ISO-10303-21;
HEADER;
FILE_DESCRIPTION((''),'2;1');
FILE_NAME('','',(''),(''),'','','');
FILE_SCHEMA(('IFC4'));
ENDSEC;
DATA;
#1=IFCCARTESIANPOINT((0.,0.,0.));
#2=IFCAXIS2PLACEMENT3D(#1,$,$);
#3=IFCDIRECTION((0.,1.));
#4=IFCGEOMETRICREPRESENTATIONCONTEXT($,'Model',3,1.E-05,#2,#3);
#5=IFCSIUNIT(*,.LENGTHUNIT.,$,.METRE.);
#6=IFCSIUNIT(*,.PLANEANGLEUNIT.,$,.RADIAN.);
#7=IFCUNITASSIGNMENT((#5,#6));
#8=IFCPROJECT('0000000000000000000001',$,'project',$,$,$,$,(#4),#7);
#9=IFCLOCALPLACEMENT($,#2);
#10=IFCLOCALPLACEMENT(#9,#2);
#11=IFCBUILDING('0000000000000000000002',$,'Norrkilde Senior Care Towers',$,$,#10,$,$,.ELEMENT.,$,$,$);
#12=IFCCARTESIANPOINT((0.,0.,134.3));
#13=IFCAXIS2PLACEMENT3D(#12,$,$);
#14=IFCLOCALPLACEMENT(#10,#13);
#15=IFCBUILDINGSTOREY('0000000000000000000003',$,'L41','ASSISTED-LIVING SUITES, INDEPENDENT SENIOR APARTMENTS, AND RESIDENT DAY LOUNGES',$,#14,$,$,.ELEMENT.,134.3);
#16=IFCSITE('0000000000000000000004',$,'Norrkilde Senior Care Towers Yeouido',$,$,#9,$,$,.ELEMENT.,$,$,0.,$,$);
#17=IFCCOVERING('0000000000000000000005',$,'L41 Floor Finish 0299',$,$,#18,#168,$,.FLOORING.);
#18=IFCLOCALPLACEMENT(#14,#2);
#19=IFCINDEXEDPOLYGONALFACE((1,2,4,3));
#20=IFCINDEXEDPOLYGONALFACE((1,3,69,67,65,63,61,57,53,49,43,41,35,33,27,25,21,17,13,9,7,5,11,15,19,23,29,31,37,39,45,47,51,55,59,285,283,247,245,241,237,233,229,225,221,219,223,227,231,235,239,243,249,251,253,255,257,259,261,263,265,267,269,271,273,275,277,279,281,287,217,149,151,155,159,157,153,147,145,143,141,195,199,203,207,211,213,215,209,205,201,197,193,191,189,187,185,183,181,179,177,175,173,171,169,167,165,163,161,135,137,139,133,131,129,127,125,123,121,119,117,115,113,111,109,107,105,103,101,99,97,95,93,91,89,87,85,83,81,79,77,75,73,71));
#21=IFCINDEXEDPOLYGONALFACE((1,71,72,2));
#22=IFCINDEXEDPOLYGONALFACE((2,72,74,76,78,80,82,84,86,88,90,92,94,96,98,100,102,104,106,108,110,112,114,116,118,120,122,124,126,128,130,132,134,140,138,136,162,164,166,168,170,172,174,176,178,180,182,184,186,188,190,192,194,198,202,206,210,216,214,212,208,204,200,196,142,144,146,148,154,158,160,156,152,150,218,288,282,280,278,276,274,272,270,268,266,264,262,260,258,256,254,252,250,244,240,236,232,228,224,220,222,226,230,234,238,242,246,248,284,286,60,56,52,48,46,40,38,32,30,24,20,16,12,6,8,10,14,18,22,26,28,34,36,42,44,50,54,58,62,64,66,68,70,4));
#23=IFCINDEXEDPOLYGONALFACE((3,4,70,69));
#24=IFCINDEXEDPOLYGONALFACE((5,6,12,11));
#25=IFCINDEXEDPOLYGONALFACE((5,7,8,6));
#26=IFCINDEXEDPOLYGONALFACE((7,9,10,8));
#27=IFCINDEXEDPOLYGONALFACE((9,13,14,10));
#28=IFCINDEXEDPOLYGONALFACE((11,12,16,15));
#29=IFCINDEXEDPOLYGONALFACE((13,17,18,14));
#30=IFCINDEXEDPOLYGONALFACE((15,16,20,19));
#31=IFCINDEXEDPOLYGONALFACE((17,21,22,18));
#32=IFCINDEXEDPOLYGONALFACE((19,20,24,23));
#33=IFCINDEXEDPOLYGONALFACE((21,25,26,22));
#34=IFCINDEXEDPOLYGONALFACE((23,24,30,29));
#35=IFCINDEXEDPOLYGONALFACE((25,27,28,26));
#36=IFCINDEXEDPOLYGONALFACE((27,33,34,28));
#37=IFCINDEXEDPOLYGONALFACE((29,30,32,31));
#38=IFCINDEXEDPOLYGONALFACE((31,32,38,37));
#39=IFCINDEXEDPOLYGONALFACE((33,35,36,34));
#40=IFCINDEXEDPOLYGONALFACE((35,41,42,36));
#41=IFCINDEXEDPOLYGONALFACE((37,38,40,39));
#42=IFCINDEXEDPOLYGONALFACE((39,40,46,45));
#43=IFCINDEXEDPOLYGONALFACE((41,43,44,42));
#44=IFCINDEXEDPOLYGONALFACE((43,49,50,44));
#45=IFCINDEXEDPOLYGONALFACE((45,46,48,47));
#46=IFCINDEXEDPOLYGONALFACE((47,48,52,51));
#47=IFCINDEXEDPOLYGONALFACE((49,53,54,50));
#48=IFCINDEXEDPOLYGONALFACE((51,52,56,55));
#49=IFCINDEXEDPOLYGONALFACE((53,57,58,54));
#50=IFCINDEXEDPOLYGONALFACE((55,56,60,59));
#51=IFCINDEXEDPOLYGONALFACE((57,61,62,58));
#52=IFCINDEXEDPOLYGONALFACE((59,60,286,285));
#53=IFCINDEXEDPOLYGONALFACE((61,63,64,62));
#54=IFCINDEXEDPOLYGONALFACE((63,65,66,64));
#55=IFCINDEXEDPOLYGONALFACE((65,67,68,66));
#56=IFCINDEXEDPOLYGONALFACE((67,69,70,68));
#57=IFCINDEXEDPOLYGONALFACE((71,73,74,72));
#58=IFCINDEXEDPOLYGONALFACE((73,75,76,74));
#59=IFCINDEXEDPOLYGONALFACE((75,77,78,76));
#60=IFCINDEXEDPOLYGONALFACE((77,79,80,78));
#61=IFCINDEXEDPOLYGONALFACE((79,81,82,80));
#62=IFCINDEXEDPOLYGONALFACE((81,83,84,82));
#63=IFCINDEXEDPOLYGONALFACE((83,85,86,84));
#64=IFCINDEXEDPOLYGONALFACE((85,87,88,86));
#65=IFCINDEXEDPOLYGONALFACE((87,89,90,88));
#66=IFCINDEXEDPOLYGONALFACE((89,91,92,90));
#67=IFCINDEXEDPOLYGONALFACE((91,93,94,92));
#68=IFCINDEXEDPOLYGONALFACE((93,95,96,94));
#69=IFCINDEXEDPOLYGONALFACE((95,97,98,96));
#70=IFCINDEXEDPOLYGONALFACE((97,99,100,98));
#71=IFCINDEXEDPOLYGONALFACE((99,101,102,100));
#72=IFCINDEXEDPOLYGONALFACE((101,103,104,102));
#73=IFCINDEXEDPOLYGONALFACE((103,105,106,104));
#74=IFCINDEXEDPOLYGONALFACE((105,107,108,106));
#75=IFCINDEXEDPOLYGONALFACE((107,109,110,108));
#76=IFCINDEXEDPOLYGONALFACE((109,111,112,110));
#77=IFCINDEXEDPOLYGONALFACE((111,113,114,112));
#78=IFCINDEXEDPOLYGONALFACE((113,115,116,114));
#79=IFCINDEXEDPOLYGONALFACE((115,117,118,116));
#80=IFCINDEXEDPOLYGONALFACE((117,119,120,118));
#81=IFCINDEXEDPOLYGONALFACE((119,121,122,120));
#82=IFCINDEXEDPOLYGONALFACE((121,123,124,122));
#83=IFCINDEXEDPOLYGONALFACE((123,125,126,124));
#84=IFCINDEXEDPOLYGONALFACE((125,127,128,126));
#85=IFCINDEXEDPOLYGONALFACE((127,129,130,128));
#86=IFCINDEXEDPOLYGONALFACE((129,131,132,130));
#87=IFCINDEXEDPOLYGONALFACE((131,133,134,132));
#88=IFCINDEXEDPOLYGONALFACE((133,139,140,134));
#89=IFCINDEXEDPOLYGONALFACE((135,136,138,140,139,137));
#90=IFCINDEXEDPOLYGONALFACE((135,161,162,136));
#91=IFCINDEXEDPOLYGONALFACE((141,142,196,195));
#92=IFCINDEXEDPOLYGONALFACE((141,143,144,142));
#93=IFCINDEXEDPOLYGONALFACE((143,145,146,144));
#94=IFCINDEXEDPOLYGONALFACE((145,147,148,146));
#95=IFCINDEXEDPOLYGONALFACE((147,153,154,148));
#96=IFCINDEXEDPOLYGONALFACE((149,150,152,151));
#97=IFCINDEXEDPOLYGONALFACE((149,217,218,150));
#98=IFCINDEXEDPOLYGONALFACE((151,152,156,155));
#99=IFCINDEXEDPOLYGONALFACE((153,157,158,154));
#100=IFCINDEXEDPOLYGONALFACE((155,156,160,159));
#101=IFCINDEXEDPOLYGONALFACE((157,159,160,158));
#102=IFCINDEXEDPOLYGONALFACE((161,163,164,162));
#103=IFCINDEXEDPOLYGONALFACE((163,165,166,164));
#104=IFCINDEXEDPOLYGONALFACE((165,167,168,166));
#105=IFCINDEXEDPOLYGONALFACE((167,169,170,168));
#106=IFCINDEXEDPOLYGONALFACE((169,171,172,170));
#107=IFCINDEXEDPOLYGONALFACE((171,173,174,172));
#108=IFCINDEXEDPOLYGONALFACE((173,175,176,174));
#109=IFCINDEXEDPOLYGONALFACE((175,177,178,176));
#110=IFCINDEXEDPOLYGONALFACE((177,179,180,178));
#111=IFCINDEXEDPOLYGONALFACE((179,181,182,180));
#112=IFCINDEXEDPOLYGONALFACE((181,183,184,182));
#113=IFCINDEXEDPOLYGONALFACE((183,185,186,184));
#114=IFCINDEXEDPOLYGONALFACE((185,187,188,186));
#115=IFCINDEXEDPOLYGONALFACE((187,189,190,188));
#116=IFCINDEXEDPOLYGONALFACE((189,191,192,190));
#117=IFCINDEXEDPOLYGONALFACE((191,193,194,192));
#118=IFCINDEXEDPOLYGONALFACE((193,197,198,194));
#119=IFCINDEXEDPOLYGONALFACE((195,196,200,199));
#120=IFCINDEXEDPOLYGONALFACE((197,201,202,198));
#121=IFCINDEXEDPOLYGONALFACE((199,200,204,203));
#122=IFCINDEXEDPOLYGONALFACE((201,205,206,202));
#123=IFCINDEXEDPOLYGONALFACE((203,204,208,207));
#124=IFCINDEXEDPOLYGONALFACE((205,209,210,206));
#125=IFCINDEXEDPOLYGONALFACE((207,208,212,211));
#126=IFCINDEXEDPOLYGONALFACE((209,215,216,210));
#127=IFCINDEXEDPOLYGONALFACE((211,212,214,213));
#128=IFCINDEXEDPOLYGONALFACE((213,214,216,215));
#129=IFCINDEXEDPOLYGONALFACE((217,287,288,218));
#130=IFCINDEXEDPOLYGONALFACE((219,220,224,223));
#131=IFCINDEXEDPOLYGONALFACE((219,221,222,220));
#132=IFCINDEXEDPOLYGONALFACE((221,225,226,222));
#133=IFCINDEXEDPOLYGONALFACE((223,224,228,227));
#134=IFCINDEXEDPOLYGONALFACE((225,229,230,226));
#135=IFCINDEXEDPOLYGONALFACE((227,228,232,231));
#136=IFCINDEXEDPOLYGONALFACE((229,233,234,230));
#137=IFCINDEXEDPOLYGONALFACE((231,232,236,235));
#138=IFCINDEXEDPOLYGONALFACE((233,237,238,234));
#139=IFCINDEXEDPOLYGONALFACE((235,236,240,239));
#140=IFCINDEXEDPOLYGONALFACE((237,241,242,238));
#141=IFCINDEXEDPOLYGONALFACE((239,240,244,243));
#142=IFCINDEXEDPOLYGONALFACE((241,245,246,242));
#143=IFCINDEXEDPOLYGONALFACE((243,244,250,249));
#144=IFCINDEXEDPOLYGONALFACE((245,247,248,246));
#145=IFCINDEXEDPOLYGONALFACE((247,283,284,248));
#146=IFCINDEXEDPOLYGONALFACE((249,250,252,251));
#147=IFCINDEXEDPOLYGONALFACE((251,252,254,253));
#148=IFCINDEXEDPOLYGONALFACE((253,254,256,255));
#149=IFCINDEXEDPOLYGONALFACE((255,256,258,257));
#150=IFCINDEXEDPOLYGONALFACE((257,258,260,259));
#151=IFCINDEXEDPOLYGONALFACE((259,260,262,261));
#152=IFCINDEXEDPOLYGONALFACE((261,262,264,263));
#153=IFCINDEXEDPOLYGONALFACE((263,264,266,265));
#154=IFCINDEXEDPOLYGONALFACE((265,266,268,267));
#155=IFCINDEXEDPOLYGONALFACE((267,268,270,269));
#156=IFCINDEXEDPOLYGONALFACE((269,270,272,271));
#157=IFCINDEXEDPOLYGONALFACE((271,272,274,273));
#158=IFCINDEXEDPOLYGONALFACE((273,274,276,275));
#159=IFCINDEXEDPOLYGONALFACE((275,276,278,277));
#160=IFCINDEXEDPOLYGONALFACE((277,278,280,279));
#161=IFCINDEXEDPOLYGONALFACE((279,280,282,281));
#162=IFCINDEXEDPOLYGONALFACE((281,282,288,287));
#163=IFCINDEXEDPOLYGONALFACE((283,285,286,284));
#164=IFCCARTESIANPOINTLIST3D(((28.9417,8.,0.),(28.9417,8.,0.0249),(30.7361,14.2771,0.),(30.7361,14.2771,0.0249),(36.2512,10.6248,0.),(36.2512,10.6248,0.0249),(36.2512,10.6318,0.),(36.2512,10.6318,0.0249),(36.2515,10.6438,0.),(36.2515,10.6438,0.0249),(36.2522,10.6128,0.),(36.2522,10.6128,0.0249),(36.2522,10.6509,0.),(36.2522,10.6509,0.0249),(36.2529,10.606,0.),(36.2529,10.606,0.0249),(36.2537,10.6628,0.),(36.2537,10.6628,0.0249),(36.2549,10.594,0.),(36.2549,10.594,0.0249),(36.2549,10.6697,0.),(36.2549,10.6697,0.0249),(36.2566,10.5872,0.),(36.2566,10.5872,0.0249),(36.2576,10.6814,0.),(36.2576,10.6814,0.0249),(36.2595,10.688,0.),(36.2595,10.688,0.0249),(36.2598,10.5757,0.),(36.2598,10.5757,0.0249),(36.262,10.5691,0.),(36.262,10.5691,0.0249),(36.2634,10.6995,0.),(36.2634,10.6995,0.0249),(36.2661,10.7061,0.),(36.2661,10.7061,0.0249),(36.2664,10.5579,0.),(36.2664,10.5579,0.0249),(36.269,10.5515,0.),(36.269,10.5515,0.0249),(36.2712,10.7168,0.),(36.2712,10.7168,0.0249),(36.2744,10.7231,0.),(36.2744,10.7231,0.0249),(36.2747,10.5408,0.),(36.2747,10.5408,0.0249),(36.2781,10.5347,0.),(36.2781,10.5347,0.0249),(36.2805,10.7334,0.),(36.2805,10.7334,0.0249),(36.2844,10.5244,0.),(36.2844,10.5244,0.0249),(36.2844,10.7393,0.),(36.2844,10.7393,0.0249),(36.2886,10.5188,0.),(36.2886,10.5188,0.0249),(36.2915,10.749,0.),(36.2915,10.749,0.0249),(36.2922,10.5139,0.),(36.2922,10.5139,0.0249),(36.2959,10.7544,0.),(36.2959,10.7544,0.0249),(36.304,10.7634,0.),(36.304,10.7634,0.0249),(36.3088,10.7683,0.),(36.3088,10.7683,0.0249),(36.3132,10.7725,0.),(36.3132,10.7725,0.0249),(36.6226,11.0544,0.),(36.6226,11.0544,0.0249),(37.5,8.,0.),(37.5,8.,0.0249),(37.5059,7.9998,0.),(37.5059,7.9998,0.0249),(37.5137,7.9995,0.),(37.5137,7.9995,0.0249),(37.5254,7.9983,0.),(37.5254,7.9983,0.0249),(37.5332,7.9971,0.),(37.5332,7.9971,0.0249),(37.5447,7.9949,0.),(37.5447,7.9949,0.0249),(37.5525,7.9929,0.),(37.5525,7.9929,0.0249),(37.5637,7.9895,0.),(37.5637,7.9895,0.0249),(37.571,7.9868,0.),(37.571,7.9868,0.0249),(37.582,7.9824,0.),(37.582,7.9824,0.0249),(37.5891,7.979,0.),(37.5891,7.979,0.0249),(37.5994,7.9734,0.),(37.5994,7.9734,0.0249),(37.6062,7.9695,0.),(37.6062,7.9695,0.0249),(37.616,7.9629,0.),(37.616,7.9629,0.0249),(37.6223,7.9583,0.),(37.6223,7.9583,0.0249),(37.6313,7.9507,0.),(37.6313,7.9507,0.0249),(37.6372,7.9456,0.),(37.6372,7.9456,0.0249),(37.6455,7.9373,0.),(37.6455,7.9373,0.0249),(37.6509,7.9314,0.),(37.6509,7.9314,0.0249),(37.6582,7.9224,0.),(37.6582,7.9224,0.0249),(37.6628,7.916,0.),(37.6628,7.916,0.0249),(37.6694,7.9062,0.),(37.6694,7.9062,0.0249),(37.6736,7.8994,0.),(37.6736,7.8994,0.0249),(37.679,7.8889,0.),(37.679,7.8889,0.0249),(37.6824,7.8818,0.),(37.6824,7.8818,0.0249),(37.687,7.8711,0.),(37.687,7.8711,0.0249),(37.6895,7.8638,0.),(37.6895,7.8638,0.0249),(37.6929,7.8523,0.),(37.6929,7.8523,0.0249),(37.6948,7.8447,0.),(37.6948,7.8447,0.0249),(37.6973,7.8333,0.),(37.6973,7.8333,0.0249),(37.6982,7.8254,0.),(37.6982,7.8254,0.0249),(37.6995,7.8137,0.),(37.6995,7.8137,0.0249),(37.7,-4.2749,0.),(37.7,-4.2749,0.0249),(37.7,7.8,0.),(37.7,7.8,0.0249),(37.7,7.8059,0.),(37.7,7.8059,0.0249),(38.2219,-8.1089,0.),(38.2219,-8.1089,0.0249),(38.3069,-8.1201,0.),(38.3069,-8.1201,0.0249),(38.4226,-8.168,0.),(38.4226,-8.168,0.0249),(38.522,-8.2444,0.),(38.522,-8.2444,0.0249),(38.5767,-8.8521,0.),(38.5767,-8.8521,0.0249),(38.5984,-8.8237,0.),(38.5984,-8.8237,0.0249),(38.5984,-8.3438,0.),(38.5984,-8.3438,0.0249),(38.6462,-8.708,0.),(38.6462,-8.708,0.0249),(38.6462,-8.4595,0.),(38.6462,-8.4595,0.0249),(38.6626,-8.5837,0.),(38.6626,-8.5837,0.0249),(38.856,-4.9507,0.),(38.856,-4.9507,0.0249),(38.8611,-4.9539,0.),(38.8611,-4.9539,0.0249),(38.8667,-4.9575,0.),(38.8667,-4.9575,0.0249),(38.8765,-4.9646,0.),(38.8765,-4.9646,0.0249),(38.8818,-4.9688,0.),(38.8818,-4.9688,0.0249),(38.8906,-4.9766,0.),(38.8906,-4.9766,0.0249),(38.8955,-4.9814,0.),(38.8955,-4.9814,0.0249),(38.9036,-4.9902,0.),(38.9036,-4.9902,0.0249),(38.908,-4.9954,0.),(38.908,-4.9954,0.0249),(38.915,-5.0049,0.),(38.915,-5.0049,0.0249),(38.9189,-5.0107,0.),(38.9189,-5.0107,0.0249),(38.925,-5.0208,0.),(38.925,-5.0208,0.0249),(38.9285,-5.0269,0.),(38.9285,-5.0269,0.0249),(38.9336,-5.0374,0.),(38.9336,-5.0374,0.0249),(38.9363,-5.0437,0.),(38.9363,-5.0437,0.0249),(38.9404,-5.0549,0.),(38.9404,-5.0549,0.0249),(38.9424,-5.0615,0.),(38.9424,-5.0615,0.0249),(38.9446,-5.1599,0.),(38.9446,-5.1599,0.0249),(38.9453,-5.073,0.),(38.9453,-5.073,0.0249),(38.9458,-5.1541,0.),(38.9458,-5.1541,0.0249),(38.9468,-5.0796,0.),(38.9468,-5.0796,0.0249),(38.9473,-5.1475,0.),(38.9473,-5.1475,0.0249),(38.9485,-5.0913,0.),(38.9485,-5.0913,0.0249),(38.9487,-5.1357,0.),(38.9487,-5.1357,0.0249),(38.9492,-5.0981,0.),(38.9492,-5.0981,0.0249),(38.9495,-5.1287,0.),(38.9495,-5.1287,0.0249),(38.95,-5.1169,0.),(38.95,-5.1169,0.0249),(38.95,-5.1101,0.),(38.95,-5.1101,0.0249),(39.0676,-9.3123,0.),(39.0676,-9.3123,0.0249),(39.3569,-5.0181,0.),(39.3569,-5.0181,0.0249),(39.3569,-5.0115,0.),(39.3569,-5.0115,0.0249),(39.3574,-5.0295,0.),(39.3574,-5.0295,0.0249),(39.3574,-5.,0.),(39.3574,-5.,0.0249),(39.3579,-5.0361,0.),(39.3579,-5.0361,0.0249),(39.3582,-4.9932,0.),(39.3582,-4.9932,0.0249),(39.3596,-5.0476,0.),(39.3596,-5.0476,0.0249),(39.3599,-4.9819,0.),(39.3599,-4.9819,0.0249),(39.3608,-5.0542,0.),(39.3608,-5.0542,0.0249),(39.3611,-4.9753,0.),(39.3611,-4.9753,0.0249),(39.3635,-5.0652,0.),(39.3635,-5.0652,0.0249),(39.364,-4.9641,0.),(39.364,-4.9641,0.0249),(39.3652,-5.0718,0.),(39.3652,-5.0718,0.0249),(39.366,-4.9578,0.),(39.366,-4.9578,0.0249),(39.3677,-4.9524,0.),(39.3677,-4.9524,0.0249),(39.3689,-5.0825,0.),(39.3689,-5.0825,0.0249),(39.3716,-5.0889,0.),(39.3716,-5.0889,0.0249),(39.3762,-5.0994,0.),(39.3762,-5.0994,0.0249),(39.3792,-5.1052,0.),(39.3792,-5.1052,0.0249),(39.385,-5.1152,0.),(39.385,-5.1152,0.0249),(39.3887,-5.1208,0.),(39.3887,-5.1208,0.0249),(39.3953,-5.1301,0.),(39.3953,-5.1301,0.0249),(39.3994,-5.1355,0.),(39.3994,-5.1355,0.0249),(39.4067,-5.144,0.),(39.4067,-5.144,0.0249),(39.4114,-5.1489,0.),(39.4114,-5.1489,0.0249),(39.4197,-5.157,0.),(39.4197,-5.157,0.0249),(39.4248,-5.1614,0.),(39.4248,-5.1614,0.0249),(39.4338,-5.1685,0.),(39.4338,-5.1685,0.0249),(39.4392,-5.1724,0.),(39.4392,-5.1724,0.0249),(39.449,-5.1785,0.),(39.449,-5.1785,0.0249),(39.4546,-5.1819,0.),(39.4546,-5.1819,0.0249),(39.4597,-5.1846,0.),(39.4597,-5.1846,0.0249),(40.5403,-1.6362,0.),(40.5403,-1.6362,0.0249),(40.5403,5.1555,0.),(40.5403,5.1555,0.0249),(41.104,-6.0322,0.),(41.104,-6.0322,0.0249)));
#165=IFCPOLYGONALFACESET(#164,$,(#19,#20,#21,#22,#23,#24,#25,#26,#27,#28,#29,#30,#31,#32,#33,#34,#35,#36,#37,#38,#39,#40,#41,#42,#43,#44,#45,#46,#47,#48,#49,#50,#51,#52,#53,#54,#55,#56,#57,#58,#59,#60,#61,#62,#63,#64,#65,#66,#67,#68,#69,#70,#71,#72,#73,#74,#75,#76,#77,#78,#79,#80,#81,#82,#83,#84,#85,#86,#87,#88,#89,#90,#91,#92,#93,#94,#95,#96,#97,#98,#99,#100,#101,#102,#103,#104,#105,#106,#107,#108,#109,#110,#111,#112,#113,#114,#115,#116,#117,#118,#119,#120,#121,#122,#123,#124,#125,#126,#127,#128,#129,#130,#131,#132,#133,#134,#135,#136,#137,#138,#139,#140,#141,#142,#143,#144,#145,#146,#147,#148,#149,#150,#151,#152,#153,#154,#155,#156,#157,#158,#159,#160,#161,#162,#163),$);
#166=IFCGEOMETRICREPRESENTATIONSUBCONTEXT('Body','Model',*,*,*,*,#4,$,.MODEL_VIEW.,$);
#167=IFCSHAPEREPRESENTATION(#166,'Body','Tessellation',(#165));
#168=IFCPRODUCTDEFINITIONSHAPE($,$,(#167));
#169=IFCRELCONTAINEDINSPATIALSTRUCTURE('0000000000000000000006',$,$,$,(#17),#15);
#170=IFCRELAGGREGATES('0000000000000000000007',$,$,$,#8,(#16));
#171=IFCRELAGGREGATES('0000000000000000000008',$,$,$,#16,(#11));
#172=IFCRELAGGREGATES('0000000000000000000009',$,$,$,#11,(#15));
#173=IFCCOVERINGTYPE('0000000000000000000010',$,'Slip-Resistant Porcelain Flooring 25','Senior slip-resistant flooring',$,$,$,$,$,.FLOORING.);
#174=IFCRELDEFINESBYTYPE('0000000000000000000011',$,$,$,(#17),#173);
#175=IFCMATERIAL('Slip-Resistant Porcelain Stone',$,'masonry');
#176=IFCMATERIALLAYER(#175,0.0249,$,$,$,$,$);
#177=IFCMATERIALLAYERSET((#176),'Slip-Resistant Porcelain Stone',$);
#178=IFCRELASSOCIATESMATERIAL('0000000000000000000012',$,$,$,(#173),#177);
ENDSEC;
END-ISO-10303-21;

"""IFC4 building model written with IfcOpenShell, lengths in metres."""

from ifc_helpers import new_model, si_unit, direction, frame, origin, place, context, subcontext, project, spatial, polyline, outline, extrude, material, layer, layer_set, type_object, element, save


model = new_model("IFC4")

# Units and contexts
model_context = context("Model", 3, precision=1e-05, world=origin(), true_north=direction((0.0, 1.0)))
body_context = subcontext(model_context, "Body", "Model", "MODEL_VIEW")
ifc_project = project(units=[si_unit("LENGTHUNIT", "METRE"), si_unit("PLANEANGLEUNIT", "RADIAN")], contexts=[model_context])

# Site, building, storey
site_placement = place(None, origin())
site = spatial("IfcSite", under=ifc_project, at=site_placement, Name="Norrkilde Senior Care Towers Yeouido", CompositionType="ELEMENT", RefElevation=0.0)
building_placement = place(site_placement, origin())
building = spatial("IfcBuilding", under=site, at=building_placement, Name="Norrkilde Senior Care Towers", CompositionType="ELEMENT")
storey_placement = place(building_placement, frame((0.0, 0.0, 134.3)))
storey = spatial("IfcBuildingStorey", under=building, at=storey_placement, Name="L41", Description="ASSISTED-LIVING SUITES, INDEPENDENT SENIOR APARTMENTS, AND RESIDENT DAY LOUNGES", CompositionType="ELEMENT", Elevation=134.3)

# Covering
ifc_material_1 = material(Name="Slip-Resistant Porcelain Stone", Category="masonry")
ifc_layer_1 = layer(ifc_material_1, 0.0249)
ifc_layer_set_1 = layer_set([ifc_layer_1], Name="Slip-Resistant Porcelain Stone")
covering_type_1 = type_object("IfcCoveringType", Name="Slip-Resistant Porcelain Flooring 25", Description="Senior slip-resistant flooring", PredefinedType="FLOORING", material=ifc_layer_set_1)
covering_1_placement = place(storey_placement, origin())
element("IfcCovering", 1, at=covering_1_placement, inside=storey, type_object=covering_type_1, Name="L41 Floor Finish 0299", PredefinedType="FLOORING", context=body_context, shape_type="SweptSolid", body=[
    extrude(outline(polyline([(37.6948, 7.8447), (37.6929, 7.8523), (37.6895, 7.8638), (37.687, 7.8711), (37.6824, 7.8818), (37.679, 7.8889), (37.6736, 7.8994), (37.6694, 7.9062), (37.6628, 7.916), (37.6582, 7.9224), (37.6509, 7.9314), (37.6455, 7.9373), (37.6372, 7.9456), (37.6313, 7.9507), (37.6223, 7.9583), (37.616, 7.9629), (37.6062, 7.9695), (37.5994, 7.9734), (37.5891, 7.979), (37.582, 7.9824), (37.571, 7.9868), (37.5637, 7.9895), (37.5525, 7.9929), (37.5447, 7.9949), (37.5332, 7.9971), (37.5254, 7.9983), (37.5137, 7.9995), (37.5059, 7.9998), (37.5, 8.0), (28.9417, 8.0), (30.7361, 14.2771), (36.6226, 11.0544), (36.3132, 10.7725), (36.3088, 10.7683), (36.304, 10.7634), (36.2959, 10.7544), (36.2915, 10.749), (36.2844, 10.7393), (36.2805, 10.7334), (36.2744, 10.7231), (36.2712, 10.7168), (36.2661, 10.7061), (36.2634, 10.6995), (36.2595, 10.688), (36.2576, 10.6814), (36.2549, 10.6697), (36.2537, 10.6628), (36.2522, 10.6509), (36.2515, 10.6438), (36.2512, 10.6318), (36.2512, 10.6248), (36.2522, 10.6128), (36.2529, 10.606), (36.2549, 10.594), (36.2566, 10.5872), (36.2598, 10.5757), (36.262, 10.5691), (36.2664, 10.5579), (36.269, 10.5515), (36.2747, 10.5408), (36.2781, 10.5347), (36.2844, 10.5244), (36.2886, 10.5188), (36.2922, 10.5139), (40.5403, 5.1555), (40.5403, -1.6362), (39.3677, -4.9524), (39.366, -4.9578), (39.364, -4.9641), (39.3611, -4.9753), (39.3599, -4.9819), (39.3582, -4.9932), (39.3574, -5.0), (39.3569, -5.0115), (39.3569, -5.0181), (39.3574, -5.0295), (39.3579, -5.0361), (39.3596, -5.0476), (39.3608, -5.0542), (39.3635, -5.0652), (39.3652, -5.0718), (39.3689, -5.0825), (39.3716, -5.0889), (39.3762, -5.0994), (39.3792, -5.1052), (39.385, -5.1152), (39.3887, -5.1208), (39.3953, -5.1301), (39.3994, -5.1355), (39.4067, -5.144), (39.4114, -5.1489), (39.4197, -5.157), (39.4248, -5.1614), (39.4338, -5.1685), (39.4392, -5.1724), (39.449, -5.1785), (39.4546, -5.1819), (39.4597, -5.1846), (41.104, -6.0322), (39.0676, -9.3123), (38.5767, -8.8521), (38.5984, -8.8237), (38.6462, -8.708), (38.6626, -8.5837), (38.6462, -8.4595), (38.5984, -8.3438), (38.522, -8.2444), (38.4226, -8.168), (38.3069, -8.1201), (38.2219, -8.1089), (38.9446, -5.1599), (38.9458, -5.1541), (38.9473, -5.1475), (38.9487, -5.1357), (38.9495, -5.1287), (38.95, -5.1169), (38.95, -5.1101), (38.9492, -5.0981), (38.9485, -5.0913), (38.9468, -5.0796), (38.9453, -5.073), (38.9424, -5.0615), (38.9404, -5.0549), (38.9363, -5.0437), (38.9336, -5.0374), (38.9285, -5.0269), (38.925, -5.0208), (38.9189, -5.0107), (38.915, -5.0049), (38.908, -4.9954), (38.9036, -4.9902), (38.8955, -4.9814), (38.8906, -4.9766), (38.8818, -4.9688), (38.8765, -4.9646), (38.8667, -4.9575), (38.8611, -4.9539), (38.856, -4.9507), (37.7, -4.2749), (37.7, 7.8), (37.7, 7.8059), (37.6995, 7.8137), (37.6982, 7.8254), (37.6973, 7.8333), (37.6948, 7.8447)])), origin(), (0.0, 0.0, 1.0), 0.0249),
])

save(model, "model.ifc")
